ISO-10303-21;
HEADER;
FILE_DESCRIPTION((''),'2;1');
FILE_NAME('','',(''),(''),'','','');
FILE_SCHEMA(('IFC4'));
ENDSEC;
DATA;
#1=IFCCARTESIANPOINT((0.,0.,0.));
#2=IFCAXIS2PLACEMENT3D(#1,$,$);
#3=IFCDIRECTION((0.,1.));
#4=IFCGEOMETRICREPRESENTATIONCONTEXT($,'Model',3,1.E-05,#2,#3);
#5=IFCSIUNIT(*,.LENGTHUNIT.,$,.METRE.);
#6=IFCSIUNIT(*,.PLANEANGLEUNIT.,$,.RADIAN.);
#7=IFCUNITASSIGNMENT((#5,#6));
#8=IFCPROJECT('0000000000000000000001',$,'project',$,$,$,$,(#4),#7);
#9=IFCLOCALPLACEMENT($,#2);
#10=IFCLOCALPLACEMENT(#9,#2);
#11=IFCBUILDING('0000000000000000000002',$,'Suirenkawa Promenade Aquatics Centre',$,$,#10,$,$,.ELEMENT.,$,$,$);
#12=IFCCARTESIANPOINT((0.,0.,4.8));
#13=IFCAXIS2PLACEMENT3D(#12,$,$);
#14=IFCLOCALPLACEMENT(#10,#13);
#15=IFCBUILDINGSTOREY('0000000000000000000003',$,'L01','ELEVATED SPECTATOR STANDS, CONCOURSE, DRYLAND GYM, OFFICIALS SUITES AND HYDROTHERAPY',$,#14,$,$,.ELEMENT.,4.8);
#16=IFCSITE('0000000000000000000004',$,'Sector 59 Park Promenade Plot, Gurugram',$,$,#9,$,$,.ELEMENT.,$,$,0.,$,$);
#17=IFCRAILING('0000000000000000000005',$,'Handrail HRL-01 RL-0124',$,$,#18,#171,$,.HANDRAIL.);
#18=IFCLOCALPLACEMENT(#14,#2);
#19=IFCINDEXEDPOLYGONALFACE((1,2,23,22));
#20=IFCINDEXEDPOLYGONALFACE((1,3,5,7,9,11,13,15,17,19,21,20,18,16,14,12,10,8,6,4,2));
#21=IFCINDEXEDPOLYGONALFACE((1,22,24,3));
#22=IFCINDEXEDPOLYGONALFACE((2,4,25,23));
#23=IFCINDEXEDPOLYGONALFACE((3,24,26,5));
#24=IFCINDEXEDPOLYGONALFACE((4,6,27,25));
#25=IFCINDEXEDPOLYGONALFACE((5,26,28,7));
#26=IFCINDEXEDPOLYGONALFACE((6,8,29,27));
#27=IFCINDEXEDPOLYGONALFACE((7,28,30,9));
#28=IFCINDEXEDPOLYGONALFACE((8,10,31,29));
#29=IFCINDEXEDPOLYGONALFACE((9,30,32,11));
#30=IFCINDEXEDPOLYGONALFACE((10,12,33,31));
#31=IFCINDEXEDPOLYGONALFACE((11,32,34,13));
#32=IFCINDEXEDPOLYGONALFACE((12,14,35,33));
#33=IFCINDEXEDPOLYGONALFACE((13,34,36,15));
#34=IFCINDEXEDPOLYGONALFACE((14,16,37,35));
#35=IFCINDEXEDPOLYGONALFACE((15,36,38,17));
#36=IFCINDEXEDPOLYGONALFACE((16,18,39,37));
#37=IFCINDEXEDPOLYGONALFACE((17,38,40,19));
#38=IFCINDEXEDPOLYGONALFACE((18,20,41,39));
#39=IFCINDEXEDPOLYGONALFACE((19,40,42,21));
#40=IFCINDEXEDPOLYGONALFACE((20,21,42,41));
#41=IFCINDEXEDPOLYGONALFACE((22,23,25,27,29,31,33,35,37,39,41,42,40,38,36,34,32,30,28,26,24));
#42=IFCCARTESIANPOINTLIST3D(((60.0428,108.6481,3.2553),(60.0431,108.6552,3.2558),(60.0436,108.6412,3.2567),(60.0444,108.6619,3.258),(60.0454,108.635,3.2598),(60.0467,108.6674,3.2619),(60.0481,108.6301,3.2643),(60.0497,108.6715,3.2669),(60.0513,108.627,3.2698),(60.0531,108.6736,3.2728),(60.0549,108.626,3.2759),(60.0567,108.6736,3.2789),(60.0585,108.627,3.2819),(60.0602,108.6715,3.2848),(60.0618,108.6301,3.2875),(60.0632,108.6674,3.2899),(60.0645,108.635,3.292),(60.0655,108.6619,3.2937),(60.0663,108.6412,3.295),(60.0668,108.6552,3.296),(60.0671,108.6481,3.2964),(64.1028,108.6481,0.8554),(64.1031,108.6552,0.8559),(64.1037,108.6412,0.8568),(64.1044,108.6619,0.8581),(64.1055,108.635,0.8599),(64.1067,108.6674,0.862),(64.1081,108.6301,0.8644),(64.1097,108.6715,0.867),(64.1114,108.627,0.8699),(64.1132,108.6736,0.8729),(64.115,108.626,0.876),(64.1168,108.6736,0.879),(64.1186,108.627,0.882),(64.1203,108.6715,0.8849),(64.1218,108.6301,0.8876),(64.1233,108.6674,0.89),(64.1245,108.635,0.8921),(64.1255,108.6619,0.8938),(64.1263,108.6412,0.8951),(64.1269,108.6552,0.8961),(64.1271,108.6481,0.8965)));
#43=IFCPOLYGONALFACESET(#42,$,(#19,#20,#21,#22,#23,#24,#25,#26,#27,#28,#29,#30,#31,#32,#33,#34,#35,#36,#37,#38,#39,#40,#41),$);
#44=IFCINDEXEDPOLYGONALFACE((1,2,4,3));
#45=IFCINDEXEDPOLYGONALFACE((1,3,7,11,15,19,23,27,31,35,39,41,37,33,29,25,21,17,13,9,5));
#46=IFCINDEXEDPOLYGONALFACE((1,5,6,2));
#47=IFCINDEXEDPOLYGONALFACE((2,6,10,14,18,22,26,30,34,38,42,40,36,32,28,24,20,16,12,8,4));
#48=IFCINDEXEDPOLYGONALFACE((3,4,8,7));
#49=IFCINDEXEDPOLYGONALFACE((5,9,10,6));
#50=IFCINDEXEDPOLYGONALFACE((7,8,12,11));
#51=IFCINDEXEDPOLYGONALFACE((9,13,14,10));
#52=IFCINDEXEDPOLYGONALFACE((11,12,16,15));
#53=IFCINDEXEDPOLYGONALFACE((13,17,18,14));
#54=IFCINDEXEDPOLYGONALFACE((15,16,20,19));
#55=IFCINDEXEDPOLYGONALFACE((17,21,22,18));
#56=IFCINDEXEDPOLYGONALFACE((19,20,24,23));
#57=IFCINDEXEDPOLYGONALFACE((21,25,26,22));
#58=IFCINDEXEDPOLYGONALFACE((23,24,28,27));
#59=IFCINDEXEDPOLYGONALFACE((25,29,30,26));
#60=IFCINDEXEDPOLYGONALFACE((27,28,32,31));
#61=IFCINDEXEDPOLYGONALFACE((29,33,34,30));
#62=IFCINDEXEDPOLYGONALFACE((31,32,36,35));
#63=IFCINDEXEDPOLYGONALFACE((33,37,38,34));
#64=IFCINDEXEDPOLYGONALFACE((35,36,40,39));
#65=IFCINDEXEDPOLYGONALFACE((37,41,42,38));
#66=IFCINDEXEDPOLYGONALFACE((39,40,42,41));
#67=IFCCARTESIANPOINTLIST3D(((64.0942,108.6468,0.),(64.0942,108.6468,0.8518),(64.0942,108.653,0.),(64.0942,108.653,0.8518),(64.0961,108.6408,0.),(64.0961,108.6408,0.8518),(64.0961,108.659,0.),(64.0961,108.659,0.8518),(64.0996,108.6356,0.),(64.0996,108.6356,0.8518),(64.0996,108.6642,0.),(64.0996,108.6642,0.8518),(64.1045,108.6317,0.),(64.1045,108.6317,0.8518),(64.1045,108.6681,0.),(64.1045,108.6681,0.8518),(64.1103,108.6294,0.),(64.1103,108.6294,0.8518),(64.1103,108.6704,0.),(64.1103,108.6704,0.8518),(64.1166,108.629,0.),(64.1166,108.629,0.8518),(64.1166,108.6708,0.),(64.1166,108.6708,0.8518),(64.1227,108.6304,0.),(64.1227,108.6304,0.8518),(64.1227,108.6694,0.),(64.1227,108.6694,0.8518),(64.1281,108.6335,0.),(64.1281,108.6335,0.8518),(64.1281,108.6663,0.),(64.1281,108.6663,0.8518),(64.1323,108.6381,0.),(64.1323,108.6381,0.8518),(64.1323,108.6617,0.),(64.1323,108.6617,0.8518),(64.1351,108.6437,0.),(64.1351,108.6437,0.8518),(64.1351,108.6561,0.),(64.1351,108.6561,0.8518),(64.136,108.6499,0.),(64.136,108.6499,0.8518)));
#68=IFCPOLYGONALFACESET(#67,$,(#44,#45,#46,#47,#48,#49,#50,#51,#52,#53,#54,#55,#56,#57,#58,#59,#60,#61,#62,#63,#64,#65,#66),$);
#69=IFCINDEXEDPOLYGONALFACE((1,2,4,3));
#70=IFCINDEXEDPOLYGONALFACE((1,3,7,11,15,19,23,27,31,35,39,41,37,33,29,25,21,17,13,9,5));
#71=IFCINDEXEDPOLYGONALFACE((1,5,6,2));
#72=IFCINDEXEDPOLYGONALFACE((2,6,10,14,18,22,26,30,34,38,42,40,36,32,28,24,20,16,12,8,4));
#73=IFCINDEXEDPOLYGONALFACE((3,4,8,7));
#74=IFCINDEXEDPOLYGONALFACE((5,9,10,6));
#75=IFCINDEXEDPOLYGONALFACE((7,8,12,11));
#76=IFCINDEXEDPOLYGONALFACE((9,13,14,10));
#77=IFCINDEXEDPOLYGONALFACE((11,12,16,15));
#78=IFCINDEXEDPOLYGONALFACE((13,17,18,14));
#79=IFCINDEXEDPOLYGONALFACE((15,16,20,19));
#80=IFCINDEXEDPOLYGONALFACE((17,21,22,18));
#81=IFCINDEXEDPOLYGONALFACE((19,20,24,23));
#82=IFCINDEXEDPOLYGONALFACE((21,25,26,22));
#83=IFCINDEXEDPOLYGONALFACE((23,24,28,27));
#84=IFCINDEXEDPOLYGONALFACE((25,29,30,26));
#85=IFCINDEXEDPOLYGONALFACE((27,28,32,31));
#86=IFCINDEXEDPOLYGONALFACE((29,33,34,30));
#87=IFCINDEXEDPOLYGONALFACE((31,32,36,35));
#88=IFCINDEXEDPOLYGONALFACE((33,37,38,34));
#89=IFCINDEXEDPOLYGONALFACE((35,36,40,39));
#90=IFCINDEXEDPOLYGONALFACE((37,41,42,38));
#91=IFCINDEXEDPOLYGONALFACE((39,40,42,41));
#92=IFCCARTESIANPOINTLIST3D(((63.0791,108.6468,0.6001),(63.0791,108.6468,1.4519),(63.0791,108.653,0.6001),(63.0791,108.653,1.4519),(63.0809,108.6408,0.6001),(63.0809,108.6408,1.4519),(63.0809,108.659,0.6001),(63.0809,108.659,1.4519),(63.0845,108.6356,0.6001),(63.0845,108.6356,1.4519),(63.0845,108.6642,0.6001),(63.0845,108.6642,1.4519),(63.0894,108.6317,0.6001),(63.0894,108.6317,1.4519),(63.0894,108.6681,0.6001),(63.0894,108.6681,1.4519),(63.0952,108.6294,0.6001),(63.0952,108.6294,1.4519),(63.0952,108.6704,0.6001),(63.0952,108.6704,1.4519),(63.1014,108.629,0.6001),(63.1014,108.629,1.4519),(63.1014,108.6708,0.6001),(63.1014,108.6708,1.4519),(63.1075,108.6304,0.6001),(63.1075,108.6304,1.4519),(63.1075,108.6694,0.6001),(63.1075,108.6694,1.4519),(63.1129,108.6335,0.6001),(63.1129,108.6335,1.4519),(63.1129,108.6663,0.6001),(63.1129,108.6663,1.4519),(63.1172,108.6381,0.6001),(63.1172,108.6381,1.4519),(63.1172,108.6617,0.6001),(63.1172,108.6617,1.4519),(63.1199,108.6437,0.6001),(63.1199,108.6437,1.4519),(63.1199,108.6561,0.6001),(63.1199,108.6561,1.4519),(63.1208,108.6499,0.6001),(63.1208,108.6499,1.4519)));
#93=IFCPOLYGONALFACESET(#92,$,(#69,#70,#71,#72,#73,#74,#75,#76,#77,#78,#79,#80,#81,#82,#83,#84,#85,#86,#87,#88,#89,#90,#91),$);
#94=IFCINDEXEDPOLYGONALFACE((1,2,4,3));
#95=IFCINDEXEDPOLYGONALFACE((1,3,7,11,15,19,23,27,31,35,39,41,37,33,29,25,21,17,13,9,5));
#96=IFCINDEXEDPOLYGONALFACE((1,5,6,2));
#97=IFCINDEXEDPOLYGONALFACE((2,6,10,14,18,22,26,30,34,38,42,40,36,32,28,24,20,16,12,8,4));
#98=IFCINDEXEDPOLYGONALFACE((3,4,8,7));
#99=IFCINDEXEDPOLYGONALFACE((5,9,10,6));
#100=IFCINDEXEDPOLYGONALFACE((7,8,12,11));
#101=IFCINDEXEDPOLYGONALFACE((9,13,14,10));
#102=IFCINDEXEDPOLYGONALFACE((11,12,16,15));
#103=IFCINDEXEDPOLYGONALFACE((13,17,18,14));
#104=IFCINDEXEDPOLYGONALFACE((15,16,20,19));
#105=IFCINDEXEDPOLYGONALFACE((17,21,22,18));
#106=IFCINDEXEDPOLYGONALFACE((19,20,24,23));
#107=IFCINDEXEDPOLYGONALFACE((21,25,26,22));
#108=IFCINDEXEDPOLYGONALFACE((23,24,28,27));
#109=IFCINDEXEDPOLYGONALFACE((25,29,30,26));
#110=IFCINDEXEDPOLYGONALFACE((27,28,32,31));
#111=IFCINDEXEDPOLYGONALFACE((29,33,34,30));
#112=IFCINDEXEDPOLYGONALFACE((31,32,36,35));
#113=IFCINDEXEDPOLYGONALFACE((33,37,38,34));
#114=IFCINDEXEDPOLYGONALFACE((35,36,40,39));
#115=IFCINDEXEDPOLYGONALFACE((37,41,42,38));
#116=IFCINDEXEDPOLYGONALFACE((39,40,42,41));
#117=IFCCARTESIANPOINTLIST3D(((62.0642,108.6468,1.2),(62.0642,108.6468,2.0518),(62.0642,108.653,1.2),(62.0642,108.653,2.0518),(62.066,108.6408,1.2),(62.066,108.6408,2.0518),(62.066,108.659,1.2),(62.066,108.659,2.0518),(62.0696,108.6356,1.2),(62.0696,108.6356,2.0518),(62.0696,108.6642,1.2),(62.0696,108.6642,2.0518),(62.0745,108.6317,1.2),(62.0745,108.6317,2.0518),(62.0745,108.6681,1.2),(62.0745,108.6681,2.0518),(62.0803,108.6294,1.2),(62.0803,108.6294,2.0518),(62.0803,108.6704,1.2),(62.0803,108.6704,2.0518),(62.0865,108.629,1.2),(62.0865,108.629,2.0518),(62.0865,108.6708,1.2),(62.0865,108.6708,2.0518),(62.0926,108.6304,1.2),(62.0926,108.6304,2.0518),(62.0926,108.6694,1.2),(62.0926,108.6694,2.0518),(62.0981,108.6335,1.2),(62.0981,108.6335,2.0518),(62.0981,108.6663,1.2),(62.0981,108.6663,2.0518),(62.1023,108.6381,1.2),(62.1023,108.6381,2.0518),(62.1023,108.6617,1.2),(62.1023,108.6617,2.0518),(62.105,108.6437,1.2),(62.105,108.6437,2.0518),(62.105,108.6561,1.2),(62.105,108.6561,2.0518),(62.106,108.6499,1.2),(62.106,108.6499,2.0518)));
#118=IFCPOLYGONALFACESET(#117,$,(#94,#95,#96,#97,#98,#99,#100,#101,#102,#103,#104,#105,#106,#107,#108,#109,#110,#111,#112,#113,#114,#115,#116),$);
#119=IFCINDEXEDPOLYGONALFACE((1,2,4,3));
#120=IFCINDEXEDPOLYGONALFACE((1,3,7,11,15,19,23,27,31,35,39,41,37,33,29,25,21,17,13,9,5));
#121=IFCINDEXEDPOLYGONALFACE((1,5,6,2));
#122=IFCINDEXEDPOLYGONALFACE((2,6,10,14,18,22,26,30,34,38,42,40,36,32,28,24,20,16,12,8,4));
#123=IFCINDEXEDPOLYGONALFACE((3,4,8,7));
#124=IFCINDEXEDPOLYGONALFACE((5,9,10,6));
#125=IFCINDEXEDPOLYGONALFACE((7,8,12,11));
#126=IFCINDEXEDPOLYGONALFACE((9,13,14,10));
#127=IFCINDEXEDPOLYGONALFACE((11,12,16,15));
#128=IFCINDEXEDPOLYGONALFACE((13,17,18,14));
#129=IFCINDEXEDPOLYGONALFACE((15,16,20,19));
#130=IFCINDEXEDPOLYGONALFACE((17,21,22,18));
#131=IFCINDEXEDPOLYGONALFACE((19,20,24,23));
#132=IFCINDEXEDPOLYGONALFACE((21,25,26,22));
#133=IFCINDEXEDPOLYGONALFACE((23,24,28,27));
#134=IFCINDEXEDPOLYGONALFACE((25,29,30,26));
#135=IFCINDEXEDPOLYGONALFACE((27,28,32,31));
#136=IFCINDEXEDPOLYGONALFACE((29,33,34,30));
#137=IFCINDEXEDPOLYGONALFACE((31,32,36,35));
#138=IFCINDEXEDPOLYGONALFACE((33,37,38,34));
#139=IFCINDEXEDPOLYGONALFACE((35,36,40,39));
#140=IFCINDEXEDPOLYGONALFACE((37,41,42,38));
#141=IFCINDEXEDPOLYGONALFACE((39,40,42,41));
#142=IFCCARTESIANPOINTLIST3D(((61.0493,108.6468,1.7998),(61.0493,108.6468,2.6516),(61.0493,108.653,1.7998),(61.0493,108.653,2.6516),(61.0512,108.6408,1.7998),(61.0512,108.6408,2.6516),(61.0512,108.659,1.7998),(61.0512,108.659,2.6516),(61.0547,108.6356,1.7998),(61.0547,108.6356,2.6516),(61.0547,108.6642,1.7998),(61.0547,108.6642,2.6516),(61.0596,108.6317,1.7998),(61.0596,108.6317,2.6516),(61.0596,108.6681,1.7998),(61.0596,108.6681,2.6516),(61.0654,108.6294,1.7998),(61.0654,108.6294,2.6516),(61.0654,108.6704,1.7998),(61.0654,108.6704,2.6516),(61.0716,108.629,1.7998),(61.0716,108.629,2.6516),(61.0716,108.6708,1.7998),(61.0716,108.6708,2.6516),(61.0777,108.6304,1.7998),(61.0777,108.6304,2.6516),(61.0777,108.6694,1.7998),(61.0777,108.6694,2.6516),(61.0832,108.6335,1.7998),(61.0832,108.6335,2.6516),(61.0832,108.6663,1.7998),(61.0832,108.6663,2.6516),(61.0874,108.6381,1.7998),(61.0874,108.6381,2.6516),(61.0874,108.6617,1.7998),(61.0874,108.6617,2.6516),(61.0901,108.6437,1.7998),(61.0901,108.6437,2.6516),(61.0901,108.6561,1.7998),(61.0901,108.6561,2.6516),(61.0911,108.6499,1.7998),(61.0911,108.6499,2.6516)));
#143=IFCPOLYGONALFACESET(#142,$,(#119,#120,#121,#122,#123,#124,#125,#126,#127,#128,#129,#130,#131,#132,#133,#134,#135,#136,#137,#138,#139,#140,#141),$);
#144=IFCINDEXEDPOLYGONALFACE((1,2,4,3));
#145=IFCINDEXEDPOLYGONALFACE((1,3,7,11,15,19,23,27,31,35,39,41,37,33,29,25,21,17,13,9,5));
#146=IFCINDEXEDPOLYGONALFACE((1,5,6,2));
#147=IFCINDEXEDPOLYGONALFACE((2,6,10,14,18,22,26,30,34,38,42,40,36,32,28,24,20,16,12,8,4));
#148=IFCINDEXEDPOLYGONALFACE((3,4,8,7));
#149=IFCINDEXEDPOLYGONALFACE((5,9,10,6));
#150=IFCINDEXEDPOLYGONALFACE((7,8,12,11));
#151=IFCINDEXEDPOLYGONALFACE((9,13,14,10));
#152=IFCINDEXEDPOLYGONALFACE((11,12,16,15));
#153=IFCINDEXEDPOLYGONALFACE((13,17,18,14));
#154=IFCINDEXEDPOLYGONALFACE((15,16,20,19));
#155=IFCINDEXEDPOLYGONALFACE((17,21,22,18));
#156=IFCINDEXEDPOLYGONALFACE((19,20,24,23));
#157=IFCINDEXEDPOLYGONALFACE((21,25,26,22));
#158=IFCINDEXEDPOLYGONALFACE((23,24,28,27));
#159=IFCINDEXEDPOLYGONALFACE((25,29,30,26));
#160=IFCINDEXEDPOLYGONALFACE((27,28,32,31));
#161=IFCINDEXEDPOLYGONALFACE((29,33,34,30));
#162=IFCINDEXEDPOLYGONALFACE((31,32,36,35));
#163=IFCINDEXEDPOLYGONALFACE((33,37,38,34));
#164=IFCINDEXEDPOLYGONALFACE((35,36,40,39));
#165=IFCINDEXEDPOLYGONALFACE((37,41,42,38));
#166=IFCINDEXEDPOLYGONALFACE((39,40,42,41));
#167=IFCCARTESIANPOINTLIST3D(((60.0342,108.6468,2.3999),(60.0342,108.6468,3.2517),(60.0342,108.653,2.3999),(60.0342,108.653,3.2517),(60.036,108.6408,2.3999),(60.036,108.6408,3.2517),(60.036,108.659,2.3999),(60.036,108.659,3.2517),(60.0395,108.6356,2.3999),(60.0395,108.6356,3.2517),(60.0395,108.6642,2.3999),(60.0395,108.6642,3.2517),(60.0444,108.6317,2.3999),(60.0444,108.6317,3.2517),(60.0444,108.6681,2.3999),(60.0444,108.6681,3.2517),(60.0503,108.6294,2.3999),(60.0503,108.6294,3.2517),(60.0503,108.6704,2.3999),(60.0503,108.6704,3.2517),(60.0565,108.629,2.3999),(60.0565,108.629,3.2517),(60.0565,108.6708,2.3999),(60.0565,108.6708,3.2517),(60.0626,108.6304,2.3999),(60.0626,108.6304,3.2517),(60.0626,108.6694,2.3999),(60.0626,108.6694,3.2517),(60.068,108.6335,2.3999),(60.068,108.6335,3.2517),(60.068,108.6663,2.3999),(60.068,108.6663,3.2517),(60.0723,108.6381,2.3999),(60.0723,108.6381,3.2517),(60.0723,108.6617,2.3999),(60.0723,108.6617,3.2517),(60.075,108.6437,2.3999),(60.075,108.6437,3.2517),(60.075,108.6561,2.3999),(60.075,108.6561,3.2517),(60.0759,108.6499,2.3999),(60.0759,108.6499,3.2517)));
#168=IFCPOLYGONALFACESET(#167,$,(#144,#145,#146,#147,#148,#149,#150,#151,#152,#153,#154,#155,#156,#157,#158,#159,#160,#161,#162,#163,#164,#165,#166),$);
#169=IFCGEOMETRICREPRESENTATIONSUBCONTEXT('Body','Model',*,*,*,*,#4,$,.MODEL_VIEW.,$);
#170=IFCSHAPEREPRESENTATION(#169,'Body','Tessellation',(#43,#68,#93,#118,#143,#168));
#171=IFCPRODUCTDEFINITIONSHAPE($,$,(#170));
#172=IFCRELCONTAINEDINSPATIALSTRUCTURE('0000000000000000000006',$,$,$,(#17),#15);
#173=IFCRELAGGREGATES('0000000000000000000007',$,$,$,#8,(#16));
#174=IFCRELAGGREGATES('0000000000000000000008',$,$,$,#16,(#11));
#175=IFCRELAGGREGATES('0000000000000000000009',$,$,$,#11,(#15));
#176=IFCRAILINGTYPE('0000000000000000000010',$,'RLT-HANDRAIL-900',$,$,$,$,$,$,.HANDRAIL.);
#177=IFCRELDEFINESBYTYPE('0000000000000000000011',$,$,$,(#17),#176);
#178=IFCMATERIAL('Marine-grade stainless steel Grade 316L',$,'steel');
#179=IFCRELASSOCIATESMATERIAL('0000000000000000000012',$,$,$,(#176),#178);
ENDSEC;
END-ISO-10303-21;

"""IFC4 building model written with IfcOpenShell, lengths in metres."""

from ifc_helpers import new_model, si_unit, direction, frame, origin, origin_2d, place, context, subcontext, project, spatial, circle, extrude, material, type_object, element, save


model = new_model("IFC4")

# Units and contexts
model_context = context("Model", 3, precision=1e-05, world=origin(), true_north=direction((0.0, 1.0)))
body_context = subcontext(model_context, "Body", "Model", "MODEL_VIEW")
ifc_project = project(units=[si_unit("LENGTHUNIT", "METRE"), si_unit("PLANEANGLEUNIT", "RADIAN")], contexts=[model_context])

# Site, building, storey
site_placement = place(None, origin())
site = spatial("IfcSite", under=ifc_project, at=site_placement, Name="Sector 59 Park Promenade Plot, Gurugram", CompositionType="ELEMENT", RefElevation=0.0)
building_placement = place(site_placement, origin())
building = spatial("IfcBuilding", under=site, at=building_placement, Name="Suirenkawa Promenade Aquatics Centre", CompositionType="ELEMENT")
storey_placement = place(building_placement, frame((0.0, 0.0, 4.8)))
storey = spatial("IfcBuildingStorey", under=building, at=storey_placement, Name="L01", Description="ELEVATED SPECTATOR STANDS, CONCOURSE, DRYLAND GYM, OFFICIALS SUITES AND HYDROTHERAPY", CompositionType="ELEMENT", Elevation=4.8)

# Railing
ifc_material_1 = material(Name="Marine-grade stainless steel Grade 316L", Category="steel")
railing_type_1 = type_object("IfcRailingType", Name="RLT-HANDRAIL-900", PredefinedType="HANDRAIL", material=ifc_material_1)
for number, where, name in (
    (1, (64.115, 108.6499, 0.0), "Handrail HRL-01 RL-0124"),
):
    element("IfcRailing", number, at=place(storey_placement, frame(where)), inside=storey, type_object=railing_type_1, Name=name, PredefinedType="HANDRAIL", context=body_context, shape_type="SweptSolid", body=[
        extrude(circle(Radius=0.0239, at=origin_2d()), frame((0.0, 0.0, 0.876), z_axis=(-0.860854, 0.0, 0.508851), x_axis=(0.0, -1.0, 0.0)), (0.0, 0.0, 1.0), 4.7163),
        extrude(circle(Radius=0.021, at=origin_2d()), origin(), (0.0, 0.0, 1.0), 0.8518),
        extrude(circle(Radius=0.021, at=origin_2d()), frame((-1.0151, 0.0, 0.6001)), (0.0, 0.0, 1.0), 0.8518),
        extrude(circle(Radius=0.021, at=origin_2d()), frame((-2.03, 0.0, 1.2)), (0.0, 0.0, 1.0), 0.8518),
        extrude(circle(Radius=0.021, at=origin_2d()), frame((-3.0449, 0.0, 1.7998)), (0.0, 0.0, 1.0), 0.8518),
        extrude(circle(Radius=0.021, at=origin_2d()), frame((-4.0601, 0.0, 2.3999)), (0.0, 0.0, 1.0), 0.8518),
    ])

save(model, "model.ifc")
